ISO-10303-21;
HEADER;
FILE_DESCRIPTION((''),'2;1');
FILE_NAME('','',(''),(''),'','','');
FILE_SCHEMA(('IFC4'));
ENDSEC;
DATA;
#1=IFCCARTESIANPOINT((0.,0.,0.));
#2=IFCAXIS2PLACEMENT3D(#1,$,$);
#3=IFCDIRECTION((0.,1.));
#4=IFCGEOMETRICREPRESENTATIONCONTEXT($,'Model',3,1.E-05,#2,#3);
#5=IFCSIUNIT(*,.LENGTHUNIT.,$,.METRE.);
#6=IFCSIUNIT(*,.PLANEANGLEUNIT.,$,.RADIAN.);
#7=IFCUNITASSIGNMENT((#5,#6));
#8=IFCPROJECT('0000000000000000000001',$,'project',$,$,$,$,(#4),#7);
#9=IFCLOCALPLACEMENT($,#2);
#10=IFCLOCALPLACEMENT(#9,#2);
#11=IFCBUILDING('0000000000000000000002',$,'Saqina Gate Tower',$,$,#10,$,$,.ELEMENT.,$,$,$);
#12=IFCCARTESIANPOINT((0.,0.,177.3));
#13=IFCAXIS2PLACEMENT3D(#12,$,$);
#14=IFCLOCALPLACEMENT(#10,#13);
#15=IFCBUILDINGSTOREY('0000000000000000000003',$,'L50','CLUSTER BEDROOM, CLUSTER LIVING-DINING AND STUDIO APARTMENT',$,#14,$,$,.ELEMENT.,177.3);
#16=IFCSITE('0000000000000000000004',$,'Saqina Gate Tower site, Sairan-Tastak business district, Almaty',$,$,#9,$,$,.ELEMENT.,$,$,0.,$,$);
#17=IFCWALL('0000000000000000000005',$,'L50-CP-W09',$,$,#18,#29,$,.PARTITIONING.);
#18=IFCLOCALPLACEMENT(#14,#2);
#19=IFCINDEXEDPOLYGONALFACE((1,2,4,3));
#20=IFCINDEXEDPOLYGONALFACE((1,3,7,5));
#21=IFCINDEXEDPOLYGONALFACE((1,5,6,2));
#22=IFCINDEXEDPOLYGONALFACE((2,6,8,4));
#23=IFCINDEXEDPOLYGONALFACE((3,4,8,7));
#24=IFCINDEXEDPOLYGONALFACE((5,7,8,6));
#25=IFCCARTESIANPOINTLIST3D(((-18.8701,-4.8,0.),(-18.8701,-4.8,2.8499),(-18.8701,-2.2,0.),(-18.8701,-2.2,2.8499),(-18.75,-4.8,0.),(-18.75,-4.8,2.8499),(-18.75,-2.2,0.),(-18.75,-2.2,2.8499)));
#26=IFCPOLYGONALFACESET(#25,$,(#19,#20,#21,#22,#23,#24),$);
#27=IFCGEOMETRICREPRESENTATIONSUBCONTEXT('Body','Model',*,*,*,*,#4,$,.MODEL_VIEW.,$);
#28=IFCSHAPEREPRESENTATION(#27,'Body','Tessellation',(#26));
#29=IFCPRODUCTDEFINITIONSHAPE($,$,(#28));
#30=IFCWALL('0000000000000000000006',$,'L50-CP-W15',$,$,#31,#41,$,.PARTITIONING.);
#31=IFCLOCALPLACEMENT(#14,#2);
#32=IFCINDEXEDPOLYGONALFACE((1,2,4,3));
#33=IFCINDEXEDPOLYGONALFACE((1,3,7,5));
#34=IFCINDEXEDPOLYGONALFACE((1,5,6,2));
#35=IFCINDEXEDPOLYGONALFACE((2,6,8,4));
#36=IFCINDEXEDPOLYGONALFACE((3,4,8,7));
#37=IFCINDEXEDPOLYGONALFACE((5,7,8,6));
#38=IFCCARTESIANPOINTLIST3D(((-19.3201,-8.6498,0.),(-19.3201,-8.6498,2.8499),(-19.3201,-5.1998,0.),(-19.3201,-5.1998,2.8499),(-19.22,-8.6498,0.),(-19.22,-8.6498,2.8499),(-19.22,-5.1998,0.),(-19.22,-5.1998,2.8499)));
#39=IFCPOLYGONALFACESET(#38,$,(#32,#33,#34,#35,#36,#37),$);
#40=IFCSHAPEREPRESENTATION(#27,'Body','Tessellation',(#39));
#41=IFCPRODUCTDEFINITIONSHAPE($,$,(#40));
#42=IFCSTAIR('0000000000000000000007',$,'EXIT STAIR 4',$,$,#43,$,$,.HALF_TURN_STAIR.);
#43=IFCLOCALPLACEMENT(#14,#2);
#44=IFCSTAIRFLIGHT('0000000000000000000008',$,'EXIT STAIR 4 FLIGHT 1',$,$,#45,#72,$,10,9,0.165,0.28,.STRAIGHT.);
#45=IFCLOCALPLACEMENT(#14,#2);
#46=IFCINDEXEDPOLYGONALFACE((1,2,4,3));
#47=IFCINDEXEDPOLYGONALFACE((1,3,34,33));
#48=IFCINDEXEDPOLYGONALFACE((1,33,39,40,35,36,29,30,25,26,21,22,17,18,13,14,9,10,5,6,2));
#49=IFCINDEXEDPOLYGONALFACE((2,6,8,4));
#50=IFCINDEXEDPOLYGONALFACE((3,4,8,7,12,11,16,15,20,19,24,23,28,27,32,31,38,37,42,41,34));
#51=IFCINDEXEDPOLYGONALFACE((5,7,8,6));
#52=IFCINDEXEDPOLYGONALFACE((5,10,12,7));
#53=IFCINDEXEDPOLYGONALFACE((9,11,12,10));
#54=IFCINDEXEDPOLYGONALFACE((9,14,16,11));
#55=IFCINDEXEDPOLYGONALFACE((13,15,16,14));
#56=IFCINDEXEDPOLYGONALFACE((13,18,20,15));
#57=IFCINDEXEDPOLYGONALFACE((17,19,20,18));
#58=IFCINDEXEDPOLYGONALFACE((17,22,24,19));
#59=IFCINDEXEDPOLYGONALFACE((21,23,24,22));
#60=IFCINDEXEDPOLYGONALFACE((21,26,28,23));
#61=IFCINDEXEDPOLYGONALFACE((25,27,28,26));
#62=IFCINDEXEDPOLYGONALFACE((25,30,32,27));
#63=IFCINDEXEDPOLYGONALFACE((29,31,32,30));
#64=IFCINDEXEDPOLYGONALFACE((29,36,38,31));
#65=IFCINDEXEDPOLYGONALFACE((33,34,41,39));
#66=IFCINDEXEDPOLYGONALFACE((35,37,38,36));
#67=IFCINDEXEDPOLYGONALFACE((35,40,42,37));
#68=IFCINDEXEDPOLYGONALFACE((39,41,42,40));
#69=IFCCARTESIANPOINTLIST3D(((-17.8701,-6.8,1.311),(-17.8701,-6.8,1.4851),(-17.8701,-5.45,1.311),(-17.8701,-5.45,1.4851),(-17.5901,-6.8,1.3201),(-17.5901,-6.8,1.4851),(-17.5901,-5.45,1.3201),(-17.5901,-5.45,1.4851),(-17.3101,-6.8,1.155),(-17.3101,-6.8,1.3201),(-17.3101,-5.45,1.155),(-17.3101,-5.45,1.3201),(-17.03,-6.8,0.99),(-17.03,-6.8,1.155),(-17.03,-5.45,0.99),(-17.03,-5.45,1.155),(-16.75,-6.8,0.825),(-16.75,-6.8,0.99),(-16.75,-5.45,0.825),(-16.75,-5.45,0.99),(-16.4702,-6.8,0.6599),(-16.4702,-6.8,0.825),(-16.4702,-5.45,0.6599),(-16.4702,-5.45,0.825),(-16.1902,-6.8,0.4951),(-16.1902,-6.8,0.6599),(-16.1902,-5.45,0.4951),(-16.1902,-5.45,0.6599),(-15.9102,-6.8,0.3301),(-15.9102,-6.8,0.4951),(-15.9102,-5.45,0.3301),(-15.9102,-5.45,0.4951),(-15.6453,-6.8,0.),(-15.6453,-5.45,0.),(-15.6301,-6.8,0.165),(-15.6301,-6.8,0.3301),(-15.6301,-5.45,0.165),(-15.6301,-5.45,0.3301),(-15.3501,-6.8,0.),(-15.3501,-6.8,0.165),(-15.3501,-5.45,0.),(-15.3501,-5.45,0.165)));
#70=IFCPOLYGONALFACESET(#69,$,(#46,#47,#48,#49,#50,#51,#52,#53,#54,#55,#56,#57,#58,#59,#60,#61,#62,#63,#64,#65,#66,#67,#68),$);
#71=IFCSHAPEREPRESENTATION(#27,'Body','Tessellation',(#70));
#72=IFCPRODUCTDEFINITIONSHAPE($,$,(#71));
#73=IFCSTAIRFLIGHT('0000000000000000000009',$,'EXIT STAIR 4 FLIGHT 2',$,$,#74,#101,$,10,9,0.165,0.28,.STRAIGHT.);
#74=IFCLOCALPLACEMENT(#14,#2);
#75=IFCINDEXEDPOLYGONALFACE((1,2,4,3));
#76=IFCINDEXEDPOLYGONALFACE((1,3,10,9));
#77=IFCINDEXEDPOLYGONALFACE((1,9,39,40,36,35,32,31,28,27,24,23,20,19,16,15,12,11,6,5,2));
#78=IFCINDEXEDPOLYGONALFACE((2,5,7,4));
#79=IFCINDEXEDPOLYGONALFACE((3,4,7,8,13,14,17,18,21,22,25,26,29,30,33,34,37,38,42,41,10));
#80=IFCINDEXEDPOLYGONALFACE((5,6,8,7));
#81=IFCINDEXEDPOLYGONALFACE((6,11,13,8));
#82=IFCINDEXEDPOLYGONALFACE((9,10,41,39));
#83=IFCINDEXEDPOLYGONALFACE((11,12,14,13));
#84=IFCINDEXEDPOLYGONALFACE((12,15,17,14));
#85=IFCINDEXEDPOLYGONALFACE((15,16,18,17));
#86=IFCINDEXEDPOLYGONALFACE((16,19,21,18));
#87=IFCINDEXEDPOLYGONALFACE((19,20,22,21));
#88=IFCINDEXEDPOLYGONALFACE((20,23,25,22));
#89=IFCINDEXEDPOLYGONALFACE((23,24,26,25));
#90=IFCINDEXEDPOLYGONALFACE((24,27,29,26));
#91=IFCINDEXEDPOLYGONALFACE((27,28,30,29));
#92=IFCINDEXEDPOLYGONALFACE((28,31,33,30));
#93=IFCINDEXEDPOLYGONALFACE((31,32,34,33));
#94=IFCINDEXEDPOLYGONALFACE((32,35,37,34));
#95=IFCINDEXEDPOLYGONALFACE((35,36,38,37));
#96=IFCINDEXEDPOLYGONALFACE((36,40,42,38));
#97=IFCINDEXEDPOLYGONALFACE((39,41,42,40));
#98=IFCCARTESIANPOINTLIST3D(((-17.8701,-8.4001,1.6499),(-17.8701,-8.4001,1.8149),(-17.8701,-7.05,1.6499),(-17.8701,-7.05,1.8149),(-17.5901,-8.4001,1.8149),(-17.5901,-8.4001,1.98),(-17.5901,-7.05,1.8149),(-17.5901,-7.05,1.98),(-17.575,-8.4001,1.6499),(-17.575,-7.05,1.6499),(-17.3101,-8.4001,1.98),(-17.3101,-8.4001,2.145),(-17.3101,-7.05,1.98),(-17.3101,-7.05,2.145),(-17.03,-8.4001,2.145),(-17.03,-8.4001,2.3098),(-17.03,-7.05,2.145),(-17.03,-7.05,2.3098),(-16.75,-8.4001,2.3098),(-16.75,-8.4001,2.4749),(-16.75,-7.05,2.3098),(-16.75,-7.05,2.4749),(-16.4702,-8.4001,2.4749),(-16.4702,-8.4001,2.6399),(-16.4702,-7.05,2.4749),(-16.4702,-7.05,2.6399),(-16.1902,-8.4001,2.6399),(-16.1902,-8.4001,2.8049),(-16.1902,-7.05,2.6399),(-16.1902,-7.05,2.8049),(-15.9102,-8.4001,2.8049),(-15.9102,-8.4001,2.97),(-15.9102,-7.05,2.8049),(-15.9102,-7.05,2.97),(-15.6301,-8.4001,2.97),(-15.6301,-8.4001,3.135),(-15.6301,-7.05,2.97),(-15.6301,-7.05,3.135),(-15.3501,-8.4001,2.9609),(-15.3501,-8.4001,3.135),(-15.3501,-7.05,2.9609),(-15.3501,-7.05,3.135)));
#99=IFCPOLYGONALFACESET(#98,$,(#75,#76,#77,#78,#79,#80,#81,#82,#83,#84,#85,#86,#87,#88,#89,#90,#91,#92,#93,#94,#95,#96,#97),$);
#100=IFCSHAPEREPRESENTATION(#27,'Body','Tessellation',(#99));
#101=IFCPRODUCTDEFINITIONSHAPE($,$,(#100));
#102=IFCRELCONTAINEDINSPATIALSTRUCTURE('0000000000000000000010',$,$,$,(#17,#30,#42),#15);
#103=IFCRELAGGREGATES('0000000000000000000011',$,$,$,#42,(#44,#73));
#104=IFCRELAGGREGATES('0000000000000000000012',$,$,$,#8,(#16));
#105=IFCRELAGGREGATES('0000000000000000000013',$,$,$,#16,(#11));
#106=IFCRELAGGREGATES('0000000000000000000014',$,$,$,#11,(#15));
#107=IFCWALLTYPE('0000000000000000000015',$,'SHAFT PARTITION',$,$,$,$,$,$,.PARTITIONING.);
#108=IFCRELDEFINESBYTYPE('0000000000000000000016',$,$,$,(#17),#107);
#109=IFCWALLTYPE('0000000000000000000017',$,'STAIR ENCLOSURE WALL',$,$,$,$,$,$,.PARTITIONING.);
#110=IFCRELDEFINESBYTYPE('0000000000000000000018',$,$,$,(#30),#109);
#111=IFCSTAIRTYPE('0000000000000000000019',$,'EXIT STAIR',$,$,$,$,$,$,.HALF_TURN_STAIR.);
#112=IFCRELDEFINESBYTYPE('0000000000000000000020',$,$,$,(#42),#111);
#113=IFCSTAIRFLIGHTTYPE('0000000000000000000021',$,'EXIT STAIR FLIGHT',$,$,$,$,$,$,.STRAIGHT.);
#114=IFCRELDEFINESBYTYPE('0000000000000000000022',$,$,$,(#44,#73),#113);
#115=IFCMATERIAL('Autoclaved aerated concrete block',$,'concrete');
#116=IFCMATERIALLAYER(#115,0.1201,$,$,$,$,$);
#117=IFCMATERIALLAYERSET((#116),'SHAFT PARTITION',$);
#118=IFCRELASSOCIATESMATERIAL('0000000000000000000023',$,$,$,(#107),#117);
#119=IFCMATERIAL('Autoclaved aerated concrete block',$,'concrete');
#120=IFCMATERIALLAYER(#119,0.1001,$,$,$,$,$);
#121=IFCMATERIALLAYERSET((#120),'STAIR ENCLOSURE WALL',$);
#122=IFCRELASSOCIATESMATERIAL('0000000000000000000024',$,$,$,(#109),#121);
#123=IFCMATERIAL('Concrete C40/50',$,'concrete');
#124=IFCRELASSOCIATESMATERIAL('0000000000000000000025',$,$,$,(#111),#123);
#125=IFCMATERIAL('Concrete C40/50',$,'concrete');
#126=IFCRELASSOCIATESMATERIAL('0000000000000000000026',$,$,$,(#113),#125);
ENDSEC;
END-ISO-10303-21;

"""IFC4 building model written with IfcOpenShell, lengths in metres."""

from ifc_helpers import new_model, si_unit, direction, frame, frame_2d, origin, place, context, subcontext, project, spatial, polyline, rectangle, outline, extrude, material, layer, layer_set, type_object, element, aggregate, save


model = new_model("IFC4")

# Units and contexts
model_context = context("Model", 3, precision=1e-05, world=origin(), true_north=direction((0.0, 1.0)))
body_context = subcontext(model_context, "Body", "Model", "MODEL_VIEW")
ifc_project = project(units=[si_unit("LENGTHUNIT", "METRE"), si_unit("PLANEANGLEUNIT", "RADIAN")], contexts=[model_context])

# Site, building, storey
site_placement = place(None, origin())
site = spatial("IfcSite", under=ifc_project, at=site_placement, Name="Saqina Gate Tower site, Sairan-Tastak business district, Almaty", CompositionType="ELEMENT", RefElevation=0.0)
building_placement = place(site_placement, origin())
building = spatial("IfcBuilding", under=site, at=building_placement, Name="Saqina Gate Tower", CompositionType="ELEMENT")
storey_placement = place(building_placement, frame((0.0, 0.0, 177.3)))
storey = spatial("IfcBuildingStorey", under=building, at=storey_placement, Name="L50", Description="CLUSTER BEDROOM, CLUSTER LIVING-DINING AND STUDIO APARTMENT", CompositionType="ELEMENT", Elevation=177.3)

# Shared definitions
ifc_material_1 = material(Name="Autoclaved aerated concrete block", Category="concrete")
ifc_layer_1 = layer(ifc_material_1, 0.1201)
ifc_layer_set_1 = layer_set([ifc_layer_1], Name="SHAFT PARTITION")
wall_type_1 = type_object("IfcWallType", Name="SHAFT PARTITION", PredefinedType="PARTITIONING", material=ifc_layer_set_1)

# Walls
wall_1_placement = place(storey_placement, frame((-18.8101, -4.8, 0.0), z_axis=(0.0, 0.0, 1.0), x_axis=(0.0, 1.0, 0.0)))
element("IfcWall", 1, at=wall_1_placement, inside=storey, type_object=wall_type_1, Name="L50-CP-W09", PredefinedType="PARTITIONING", context=body_context, shape_type="SweptSolid", body=[
    extrude(rectangle(XDim=2.6001, YDim=0.1201, at=frame_2d((1.3, 0.0))), origin(), (0.0, 0.0, 1.0), 2.8499),
])
ifc_material_2 = material(Name="Autoclaved aerated concrete block", Category="concrete")
ifc_layer_2 = layer(ifc_material_2, 0.1001)
ifc_layer_set_2 = layer_set([ifc_layer_2], Name="STAIR ENCLOSURE WALL")
wall_type_2 = type_object("IfcWallType", Name="STAIR ENCLOSURE WALL", PredefinedType="PARTITIONING", material=ifc_layer_set_2)
wall_2_placement = place(storey_placement, frame((-19.27, -8.6499, 0.0), z_axis=(0.0, 0.0, 1.0), x_axis=(0.0, 1.0, 0.0)))
element("IfcWall", 2, at=wall_2_placement, inside=storey, type_object=wall_type_2, Name="L50-CP-W15", PredefinedType="PARTITIONING", context=body_context, shape_type="SweptSolid", body=[
    extrude(rectangle(XDim=3.45, YDim=0.1001, at=frame_2d((1.7251, 0.0))), origin(), (0.0, 0.0, 1.0), 2.8499),
])

# Stair, stair flights
ifc_material_3 = material(Name="Concrete C40/50", Category="concrete")
stair_type = type_object("IfcStairType", Name="EXIT STAIR", PredefinedType="HALF_TURN_STAIR", material=ifc_material_3)
stair_placement = place(storey_placement, origin())
stair = element("IfcStair", 3, at=stair_placement, inside=storey, type_object=stair_type, Name="EXIT STAIR 4", PredefinedType="HALF_TURN_STAIR")
ifc_material_4 = material(Name="Concrete C40/50", Category="concrete")
stair_flight_type = type_object("IfcStairFlightType", Name="EXIT STAIR FLIGHT", PredefinedType="STRAIGHT", material=ifc_material_4)
stair_flight_1_placement = place(storey_placement, frame((-15.3501, -6.125, 0.0), z_axis=(0.0, 0.0, 1.0), x_axis=(-1.0, 0.0, 0.0)))
stair_flight_1 = element("IfcStairFlight", 4, at=stair_flight_1_placement, type_object=stair_flight_type, Name="EXIT STAIR 4 FLIGHT 1", NumberOfRisers=10, NumberOfTreads=9, PredefinedType="STRAIGHT", RiserHeight=0.165, TreadLength=0.28, context=body_context, shape_type="SweptSolid", body=[
    extrude(outline(polyline([(0.0, 0.0), (0.0, 0.165), (0.28, 0.165), (0.28, 0.3301), (0.5601, 0.3301), (0.5601, 0.4951), (0.8401, 0.4951), (0.8401, 0.6599), (1.1201, 0.6599), (1.1201, 0.825), (1.3999, 0.825), (1.3999, 0.99), (1.6799, 0.99), (1.6799, 1.155), (1.96, 1.155), (1.96, 1.3201), (2.24, 1.3201), (2.24, 1.4851), (2.52, 1.4851), (2.52, 1.6499), (2.52, 1.311), (0.2952, 0.0), (0.0, 0.0)])), frame((0.0, 0.675, 0.0), z_axis=(0.0, -1.0, 0.0), x_axis=(1.0, 0.0, 0.0)), (0.0, 0.0, 1.0), 1.3501),
])
stair_flight_2_placement = place(storey_placement, frame((-17.8701, -7.7251, 1.6499), z_axis=(0.0, 0.0, 1.0), x_axis=(1.0, 0.0, 0.0)))
stair_flight_2 = element("IfcStairFlight", 5, at=stair_flight_2_placement, type_object=stair_flight_type, Name="EXIT STAIR 4 FLIGHT 2", NumberOfRisers=10, NumberOfTreads=9, PredefinedType="STRAIGHT", RiserHeight=0.165, TreadLength=0.28, context=body_context, shape_type="SweptSolid", body=[
    extrude(outline(polyline([(0.0, 0.0), (0.0, 0.165), (0.28, 0.165), (0.28, 0.3301), (0.5601, 0.3301), (0.5601, 0.4951), (0.8401, 0.4951), (0.8401, 0.6599), (1.1201, 0.6599), (1.1201, 0.825), (1.3999, 0.825), (1.3999, 0.99), (1.6799, 0.99), (1.6799, 1.155), (1.96, 1.155), (1.96, 1.3201), (2.24, 1.3201), (2.24, 1.4851), (2.52, 1.4851), (2.52, 1.6499), (2.52, 1.311), (0.2952, 0.0), (0.0, 0.0)])), frame((0.0, 0.675, 0.0), z_axis=(0.0, -1.0, 0.0), x_axis=(1.0, 0.0, 0.0)), (0.0, 0.0, 1.0), 1.3501),
])
aggregate(stair, [stair_flight_1, stair_flight_2])

save(model, "model.ifc")
